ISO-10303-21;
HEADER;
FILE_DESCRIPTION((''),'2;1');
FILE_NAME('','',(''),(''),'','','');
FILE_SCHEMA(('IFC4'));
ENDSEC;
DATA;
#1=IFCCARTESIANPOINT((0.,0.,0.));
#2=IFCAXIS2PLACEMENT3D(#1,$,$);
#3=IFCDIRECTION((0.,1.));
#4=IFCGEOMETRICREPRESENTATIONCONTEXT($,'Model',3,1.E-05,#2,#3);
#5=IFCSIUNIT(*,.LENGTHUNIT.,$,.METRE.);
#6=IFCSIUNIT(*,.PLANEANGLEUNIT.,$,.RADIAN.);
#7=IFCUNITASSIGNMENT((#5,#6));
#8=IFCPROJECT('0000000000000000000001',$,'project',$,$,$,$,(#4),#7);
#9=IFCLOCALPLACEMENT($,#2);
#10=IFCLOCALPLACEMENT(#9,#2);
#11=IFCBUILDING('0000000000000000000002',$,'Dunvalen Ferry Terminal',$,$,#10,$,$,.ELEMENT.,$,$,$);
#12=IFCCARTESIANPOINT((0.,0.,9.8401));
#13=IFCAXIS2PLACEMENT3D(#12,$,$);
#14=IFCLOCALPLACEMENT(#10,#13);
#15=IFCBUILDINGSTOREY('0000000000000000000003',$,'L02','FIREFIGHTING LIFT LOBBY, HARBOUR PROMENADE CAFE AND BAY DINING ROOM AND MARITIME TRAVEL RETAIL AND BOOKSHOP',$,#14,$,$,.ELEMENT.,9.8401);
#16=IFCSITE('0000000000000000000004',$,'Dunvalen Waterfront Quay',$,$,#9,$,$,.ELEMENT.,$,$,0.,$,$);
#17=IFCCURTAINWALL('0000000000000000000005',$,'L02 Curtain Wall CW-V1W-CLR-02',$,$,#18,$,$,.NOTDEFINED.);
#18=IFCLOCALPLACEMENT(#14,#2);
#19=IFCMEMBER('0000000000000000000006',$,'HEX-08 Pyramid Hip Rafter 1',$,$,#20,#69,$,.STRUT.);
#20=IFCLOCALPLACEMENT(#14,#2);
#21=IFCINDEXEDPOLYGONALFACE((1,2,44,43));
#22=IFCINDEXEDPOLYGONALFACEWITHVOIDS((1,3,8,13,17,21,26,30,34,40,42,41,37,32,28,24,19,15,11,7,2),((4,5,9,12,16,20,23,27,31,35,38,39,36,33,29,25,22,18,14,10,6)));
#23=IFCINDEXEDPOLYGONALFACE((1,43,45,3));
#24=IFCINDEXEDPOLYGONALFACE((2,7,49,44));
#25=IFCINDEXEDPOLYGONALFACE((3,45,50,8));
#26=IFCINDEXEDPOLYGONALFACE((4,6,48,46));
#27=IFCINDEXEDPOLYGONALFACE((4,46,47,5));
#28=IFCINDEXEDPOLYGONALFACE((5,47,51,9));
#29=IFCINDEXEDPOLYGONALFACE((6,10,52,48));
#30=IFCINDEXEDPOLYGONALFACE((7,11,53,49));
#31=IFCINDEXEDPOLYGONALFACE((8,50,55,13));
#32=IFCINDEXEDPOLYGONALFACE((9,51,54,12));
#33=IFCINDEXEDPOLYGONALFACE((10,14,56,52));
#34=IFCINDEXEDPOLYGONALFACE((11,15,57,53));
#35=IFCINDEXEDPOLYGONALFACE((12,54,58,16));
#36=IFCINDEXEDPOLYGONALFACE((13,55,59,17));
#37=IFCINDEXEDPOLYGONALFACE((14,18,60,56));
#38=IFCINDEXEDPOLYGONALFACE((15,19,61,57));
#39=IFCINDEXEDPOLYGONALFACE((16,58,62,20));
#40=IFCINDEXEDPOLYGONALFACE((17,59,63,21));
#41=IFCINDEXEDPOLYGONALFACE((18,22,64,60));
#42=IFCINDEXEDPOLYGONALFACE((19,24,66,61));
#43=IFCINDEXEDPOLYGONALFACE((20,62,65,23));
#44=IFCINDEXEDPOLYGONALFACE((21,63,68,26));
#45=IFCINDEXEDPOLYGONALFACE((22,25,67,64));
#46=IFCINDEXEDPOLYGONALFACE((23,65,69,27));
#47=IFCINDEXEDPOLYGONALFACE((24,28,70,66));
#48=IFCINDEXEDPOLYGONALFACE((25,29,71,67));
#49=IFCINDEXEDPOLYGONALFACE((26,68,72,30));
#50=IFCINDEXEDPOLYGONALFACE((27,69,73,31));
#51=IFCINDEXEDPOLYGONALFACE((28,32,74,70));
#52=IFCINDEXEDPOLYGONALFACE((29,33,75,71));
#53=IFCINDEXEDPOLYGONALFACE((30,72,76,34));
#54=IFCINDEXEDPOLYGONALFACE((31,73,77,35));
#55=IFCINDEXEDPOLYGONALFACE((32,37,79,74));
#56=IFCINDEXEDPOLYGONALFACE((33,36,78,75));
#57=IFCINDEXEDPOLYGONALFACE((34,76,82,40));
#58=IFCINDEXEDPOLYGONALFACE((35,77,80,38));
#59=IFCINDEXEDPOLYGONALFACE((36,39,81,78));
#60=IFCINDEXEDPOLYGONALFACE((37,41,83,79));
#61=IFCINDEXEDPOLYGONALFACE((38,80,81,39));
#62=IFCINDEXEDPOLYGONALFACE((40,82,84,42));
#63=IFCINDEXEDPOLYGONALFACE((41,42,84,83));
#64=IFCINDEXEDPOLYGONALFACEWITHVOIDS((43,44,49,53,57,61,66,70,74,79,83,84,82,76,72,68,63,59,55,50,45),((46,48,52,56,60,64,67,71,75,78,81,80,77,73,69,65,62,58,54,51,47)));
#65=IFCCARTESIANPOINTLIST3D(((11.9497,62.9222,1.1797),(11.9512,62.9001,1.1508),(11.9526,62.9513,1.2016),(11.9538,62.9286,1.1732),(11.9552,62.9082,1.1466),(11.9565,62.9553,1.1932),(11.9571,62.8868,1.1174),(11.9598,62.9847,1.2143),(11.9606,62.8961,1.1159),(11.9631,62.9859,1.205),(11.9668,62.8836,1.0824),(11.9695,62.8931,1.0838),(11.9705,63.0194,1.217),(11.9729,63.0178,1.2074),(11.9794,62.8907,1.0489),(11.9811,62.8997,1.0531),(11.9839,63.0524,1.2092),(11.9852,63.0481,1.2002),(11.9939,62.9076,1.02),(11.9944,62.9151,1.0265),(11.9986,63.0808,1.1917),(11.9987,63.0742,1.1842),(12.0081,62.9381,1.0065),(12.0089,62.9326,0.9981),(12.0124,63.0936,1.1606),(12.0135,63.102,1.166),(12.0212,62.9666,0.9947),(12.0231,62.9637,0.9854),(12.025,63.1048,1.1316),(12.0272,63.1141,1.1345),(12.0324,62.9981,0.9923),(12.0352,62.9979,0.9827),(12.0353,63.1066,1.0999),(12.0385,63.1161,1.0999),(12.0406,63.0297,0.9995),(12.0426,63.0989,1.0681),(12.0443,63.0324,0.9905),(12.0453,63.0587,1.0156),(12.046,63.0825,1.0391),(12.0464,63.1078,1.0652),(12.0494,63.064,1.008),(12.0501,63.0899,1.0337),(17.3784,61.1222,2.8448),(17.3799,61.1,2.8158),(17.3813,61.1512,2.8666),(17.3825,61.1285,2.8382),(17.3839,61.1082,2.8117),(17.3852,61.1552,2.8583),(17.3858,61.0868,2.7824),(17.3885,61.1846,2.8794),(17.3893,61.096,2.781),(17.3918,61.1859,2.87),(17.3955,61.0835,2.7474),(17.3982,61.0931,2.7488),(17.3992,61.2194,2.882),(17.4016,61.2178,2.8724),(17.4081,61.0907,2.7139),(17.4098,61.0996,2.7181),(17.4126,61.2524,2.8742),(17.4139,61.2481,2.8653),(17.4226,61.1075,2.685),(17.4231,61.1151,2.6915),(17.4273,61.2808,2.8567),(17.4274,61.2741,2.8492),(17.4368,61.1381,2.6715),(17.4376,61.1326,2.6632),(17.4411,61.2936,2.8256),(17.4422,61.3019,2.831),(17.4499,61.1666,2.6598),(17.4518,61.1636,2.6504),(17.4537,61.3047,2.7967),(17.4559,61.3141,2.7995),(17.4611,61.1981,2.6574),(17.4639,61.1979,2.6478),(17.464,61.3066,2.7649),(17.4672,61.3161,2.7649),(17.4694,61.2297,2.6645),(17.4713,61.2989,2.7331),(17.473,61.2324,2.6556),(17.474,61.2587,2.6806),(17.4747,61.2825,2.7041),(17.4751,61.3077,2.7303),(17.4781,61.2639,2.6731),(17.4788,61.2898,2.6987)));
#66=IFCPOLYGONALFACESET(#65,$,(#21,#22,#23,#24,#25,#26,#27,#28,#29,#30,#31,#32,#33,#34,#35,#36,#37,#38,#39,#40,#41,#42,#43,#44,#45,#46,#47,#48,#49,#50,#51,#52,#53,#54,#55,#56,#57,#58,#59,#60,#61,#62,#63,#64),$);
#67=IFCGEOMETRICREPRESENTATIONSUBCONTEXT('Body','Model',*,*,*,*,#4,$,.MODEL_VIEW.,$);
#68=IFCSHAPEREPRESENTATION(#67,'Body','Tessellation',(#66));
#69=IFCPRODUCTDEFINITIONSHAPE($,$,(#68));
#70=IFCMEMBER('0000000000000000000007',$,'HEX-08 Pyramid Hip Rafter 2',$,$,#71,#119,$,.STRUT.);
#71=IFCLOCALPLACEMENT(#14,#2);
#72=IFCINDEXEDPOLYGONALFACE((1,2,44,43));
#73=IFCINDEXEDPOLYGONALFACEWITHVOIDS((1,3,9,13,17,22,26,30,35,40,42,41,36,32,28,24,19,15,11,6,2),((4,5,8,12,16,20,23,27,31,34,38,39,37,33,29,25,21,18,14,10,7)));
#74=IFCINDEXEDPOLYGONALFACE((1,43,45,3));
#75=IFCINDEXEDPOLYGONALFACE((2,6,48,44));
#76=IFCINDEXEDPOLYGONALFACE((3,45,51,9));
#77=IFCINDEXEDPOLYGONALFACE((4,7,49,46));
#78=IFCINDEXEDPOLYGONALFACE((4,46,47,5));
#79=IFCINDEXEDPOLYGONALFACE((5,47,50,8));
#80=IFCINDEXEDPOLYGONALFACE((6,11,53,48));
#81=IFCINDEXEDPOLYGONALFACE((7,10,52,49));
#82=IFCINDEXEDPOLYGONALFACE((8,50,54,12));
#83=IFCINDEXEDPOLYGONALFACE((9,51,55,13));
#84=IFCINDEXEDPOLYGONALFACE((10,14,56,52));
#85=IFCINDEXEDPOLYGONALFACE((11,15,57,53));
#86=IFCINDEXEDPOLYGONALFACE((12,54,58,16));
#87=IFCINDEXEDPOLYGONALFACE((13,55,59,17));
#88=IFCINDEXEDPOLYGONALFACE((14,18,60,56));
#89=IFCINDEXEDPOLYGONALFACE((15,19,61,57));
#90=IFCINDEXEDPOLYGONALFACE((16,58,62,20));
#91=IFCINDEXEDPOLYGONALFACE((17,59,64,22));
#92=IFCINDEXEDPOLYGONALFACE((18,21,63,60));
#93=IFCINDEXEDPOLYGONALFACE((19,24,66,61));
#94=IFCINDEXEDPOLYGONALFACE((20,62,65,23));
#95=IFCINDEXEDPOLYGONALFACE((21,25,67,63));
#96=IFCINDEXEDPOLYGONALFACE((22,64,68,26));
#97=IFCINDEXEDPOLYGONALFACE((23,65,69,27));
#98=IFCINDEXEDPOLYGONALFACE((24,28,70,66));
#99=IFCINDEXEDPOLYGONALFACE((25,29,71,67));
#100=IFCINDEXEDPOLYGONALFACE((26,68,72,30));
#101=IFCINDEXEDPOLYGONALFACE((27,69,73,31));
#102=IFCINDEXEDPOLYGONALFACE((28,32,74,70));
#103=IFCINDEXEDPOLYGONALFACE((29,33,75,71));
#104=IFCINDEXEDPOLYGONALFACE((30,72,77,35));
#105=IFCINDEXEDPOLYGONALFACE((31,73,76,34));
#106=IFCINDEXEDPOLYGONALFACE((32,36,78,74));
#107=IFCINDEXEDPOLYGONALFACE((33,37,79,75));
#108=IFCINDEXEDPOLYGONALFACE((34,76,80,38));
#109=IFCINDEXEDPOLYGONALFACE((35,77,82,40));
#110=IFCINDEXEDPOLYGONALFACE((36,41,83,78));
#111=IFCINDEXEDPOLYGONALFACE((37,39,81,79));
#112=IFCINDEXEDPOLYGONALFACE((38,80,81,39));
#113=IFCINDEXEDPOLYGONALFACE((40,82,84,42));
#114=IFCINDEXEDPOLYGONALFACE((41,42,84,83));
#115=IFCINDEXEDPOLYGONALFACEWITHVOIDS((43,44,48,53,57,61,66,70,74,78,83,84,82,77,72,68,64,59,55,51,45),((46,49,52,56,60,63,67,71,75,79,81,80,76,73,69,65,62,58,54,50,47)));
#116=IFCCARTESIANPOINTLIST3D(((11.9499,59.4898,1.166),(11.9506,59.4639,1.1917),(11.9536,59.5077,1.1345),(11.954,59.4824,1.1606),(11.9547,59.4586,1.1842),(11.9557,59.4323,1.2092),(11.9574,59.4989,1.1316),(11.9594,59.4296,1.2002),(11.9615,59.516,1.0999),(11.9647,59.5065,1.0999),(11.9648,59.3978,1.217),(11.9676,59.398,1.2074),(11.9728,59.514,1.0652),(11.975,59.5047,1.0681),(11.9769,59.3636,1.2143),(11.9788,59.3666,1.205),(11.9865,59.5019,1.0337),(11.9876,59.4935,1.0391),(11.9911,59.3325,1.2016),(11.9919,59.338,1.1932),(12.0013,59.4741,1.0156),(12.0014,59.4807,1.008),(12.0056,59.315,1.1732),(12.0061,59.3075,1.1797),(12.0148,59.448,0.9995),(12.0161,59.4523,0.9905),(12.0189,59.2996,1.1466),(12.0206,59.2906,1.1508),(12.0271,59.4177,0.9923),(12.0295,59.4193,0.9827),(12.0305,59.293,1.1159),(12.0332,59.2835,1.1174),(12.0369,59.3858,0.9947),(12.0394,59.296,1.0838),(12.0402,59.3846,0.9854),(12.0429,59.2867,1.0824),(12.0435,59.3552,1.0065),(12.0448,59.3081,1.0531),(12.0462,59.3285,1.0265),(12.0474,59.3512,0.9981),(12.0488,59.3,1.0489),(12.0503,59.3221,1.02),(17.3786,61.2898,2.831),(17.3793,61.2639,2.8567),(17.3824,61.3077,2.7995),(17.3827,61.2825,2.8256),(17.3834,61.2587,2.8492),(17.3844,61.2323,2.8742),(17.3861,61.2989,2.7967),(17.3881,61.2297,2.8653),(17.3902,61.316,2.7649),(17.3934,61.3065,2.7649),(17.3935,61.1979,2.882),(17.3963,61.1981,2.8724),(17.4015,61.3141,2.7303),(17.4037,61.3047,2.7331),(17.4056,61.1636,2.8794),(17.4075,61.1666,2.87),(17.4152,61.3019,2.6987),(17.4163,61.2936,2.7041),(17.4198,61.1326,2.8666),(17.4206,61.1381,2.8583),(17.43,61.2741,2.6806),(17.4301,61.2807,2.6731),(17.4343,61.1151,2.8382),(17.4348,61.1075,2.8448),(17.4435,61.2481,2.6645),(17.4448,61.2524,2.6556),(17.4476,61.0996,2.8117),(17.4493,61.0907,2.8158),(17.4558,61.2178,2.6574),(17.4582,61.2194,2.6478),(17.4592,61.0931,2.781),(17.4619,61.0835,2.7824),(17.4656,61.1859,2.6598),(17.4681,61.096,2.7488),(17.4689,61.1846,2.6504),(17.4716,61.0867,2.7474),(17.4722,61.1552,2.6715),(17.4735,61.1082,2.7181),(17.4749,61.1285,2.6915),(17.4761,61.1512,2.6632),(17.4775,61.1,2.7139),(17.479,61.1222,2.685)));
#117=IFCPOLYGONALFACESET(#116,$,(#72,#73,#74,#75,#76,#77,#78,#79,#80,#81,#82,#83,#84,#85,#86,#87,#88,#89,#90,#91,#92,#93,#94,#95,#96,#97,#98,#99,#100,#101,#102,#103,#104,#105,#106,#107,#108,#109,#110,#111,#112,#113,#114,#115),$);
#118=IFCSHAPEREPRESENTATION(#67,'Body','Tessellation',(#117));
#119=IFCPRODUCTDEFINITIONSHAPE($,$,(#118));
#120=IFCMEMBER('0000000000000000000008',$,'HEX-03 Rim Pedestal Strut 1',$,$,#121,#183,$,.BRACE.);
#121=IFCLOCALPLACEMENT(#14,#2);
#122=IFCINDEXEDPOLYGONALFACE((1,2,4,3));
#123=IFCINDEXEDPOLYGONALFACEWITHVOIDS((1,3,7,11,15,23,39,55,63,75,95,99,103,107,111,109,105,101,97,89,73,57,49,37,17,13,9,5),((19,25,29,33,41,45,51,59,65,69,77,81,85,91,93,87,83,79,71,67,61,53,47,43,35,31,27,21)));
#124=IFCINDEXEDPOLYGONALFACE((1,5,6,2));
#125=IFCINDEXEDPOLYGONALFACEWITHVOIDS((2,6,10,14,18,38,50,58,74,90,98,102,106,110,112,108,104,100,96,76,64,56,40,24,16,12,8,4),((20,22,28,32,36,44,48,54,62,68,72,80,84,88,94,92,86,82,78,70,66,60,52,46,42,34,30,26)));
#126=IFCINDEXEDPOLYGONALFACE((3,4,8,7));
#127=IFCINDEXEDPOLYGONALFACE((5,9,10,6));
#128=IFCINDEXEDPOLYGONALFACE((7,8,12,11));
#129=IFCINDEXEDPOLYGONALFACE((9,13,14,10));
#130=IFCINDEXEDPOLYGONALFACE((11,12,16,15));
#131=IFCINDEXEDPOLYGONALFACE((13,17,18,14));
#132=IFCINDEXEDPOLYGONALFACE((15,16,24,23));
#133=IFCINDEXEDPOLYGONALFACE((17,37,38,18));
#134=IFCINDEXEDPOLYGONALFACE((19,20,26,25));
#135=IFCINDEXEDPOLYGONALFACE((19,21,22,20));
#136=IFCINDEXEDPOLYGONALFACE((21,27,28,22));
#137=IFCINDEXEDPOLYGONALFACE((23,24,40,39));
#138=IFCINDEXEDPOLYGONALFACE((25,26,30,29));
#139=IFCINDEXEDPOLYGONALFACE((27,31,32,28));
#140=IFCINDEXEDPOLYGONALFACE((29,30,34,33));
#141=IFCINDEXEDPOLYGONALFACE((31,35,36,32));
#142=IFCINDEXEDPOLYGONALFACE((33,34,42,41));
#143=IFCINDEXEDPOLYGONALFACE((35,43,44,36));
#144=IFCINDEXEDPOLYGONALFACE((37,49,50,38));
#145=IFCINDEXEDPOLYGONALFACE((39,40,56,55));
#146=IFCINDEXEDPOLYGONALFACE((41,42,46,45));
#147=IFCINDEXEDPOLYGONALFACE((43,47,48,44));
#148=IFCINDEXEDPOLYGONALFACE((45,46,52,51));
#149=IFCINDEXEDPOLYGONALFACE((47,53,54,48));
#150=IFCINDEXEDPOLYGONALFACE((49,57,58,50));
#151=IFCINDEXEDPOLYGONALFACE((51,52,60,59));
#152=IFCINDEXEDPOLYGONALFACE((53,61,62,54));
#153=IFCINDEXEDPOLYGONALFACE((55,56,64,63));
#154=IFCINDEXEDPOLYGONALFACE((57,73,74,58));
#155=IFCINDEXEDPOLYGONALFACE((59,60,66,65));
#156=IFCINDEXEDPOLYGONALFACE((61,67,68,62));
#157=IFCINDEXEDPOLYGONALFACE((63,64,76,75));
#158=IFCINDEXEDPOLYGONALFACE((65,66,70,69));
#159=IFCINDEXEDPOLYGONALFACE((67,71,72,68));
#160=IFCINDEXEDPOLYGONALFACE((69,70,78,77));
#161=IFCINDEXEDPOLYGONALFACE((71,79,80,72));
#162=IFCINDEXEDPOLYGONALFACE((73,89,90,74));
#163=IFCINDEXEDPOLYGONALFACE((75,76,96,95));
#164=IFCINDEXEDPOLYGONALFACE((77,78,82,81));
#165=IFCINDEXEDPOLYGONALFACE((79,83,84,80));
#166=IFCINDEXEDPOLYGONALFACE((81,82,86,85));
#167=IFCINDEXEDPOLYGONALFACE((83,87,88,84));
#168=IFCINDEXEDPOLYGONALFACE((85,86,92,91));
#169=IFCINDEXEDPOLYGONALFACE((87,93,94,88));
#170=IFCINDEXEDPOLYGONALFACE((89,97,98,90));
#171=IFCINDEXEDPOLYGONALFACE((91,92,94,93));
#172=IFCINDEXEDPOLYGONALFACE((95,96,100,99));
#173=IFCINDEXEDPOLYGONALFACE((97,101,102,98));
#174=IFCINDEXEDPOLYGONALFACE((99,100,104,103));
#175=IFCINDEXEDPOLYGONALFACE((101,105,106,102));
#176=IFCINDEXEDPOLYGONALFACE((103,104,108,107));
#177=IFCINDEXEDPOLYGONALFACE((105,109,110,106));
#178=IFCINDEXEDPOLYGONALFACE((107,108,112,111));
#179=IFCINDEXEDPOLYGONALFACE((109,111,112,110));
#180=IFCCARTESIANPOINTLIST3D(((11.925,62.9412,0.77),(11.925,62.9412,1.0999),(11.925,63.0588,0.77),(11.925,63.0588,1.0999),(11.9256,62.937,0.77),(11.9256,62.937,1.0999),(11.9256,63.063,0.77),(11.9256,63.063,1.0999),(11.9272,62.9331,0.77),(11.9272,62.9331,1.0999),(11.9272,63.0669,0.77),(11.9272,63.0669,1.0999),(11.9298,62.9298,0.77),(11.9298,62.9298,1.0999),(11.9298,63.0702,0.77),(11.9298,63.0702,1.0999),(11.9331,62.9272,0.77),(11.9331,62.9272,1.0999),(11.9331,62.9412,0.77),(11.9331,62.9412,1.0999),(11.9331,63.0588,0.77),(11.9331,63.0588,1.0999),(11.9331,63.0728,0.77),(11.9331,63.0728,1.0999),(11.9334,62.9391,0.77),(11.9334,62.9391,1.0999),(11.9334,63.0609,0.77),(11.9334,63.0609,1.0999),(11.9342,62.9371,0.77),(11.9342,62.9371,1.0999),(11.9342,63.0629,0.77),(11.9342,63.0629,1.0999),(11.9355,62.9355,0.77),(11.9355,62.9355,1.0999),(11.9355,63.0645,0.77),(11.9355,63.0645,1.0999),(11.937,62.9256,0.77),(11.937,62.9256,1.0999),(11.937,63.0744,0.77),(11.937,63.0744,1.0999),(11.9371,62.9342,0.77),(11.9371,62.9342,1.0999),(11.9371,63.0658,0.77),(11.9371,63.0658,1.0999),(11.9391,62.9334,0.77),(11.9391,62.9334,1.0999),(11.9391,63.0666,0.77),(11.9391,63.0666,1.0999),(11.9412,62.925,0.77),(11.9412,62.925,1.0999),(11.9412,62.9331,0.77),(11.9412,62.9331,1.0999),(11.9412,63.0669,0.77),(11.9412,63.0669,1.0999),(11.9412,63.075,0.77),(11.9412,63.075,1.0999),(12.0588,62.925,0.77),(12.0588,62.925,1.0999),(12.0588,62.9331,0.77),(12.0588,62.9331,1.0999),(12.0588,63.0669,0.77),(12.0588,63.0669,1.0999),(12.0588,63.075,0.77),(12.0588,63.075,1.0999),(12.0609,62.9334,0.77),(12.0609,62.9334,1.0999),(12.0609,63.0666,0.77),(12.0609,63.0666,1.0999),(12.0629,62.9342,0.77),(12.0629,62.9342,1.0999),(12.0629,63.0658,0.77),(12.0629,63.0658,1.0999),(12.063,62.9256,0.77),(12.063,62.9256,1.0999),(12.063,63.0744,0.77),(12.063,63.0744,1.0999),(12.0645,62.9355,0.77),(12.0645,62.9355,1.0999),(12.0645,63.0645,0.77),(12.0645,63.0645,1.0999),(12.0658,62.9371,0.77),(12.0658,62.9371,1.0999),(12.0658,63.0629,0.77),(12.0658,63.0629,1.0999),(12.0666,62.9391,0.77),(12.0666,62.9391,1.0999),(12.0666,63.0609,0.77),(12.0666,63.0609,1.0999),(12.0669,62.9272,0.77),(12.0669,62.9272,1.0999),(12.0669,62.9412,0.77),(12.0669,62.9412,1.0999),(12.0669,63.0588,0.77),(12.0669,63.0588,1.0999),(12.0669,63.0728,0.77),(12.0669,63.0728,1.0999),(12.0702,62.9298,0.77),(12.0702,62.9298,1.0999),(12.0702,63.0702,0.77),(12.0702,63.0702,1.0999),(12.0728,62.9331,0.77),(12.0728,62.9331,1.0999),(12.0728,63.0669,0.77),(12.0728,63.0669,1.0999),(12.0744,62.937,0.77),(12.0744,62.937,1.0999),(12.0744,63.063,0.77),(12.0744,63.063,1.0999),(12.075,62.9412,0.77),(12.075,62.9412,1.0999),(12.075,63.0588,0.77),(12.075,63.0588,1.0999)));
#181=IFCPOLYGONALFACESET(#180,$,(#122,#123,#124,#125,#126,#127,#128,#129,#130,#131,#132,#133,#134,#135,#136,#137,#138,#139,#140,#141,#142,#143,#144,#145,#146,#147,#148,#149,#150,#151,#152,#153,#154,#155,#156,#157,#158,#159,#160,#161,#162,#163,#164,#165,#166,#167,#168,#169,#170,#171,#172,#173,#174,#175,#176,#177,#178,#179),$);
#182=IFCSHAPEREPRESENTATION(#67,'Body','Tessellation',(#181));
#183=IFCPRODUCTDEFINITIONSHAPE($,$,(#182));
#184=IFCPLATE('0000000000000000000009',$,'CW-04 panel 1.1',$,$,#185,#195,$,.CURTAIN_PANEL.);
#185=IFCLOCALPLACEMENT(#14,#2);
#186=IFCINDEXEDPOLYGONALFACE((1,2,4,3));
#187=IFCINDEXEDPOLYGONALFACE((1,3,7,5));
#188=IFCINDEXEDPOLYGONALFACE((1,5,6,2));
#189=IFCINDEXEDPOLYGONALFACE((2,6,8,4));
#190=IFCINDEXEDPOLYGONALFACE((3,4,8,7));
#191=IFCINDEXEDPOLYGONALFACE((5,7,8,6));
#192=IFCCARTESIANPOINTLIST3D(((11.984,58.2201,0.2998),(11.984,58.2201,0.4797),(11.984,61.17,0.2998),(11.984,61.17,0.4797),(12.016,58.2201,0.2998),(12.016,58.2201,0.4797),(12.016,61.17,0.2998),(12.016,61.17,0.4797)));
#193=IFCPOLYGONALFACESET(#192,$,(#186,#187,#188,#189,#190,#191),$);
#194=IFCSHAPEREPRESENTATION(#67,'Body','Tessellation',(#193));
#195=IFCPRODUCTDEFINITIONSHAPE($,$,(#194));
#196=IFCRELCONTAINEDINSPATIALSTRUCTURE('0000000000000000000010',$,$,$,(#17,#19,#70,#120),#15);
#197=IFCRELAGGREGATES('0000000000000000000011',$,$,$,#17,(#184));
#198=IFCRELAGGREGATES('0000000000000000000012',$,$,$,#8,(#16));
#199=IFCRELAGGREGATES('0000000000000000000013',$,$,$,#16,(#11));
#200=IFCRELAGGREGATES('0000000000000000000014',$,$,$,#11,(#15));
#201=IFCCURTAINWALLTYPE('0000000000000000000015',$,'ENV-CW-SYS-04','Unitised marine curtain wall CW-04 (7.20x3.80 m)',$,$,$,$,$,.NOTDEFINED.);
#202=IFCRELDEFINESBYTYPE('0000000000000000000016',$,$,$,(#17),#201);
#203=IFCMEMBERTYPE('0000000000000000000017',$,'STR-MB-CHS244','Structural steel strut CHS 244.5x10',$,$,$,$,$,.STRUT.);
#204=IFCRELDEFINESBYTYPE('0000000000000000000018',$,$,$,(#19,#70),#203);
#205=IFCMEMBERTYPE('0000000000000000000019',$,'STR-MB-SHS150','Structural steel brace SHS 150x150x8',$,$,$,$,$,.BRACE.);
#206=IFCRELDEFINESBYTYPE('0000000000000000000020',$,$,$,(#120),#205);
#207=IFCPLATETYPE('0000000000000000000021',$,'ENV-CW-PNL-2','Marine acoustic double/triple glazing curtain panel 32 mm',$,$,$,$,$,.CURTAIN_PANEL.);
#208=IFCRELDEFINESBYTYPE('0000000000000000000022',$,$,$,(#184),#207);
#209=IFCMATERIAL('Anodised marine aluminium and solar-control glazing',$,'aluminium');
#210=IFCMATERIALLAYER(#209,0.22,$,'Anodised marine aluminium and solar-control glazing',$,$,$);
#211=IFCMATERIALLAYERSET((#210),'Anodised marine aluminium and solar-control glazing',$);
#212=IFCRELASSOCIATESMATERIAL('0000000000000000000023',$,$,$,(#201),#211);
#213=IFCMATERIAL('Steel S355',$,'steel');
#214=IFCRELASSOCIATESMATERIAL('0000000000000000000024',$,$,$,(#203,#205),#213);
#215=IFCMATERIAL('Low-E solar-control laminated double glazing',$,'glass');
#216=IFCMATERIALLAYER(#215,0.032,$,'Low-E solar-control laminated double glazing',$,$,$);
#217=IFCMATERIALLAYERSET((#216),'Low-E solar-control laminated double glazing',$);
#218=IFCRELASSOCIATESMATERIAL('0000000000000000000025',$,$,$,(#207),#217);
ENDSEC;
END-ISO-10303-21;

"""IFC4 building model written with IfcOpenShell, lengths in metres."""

from ifc_helpers import new_model, si_unit, direction, frame, origin, origin_2d, place, context, subcontext, project, spatial, rectangle, hollow_rectangle, hollow_circle, extrude, material, layer, layer_set, material_profile, profile_set, type_object, element, aggregate, save


model = new_model("IFC4")

# Units and contexts
model_context = context("Model", 3, precision=1e-05, world=origin(), true_north=direction((0.0, 1.0)))
body_context = subcontext(model_context, "Body", "Model", "MODEL_VIEW")
ifc_project = project(units=[si_unit("LENGTHUNIT", "METRE"), si_unit("PLANEANGLEUNIT", "RADIAN")], contexts=[model_context])

# Site, building, storey
site_placement = place(None, origin())
site = spatial("IfcSite", under=ifc_project, at=site_placement, Name="Dunvalen Waterfront Quay", CompositionType="ELEMENT", RefElevation=0.0)
building_placement = place(site_placement, origin())
building = spatial("IfcBuilding", under=site, at=building_placement, Name="Dunvalen Ferry Terminal", CompositionType="ELEMENT")
storey_placement = place(building_placement, frame((0.0, 0.0, 9.8401)))
storey = spatial("IfcBuildingStorey", under=building, at=storey_placement, Name="L02", Description="FIREFIGHTING LIFT LOBBY, HARBOUR PROMENADE CAFE AND BAY DINING ROOM AND MARITIME TRAVEL RETAIL AND BOOKSHOP", CompositionType="ELEMENT", Elevation=9.8401)

# Curtain wall
ifc_material_1 = material(Name="Anodised marine aluminium and solar-control glazing", Category="aluminium")
ifc_layer_1 = layer(ifc_material_1, 0.22, Name="Anodised marine aluminium and solar-control glazing")
ifc_layer_set_1 = layer_set([ifc_layer_1], Name="Anodised marine aluminium and solar-control glazing")
curtain_wall_type = type_object("IfcCurtainWallType", Name="ENV-CW-SYS-04", Description="Unitised marine curtain wall CW-04 (7.20x3.80 m)", PredefinedType="NOTDEFINED", material=ifc_layer_set_1)
curtain_wall_placement = place(storey_placement, origin())
curtain_wall = element("IfcCurtainWall", 1, at=curtain_wall_placement, inside=storey, type_object=curtain_wall_type, Name="L02 Curtain Wall CW-V1W-CLR-02", PredefinedType="NOTDEFINED")

# Shared definitions
ifc_material_2 = material(Name="Steel S355", Category="steel")

# Members
ifc_material_profile_1 = material_profile(ifc_material_2, hollow_circle(Radius=0.1223, WallThickness=0.01, at=origin_2d()), Name="Steel S355")
ifc_profile_set_1 = profile_set([ifc_material_profile_1], Name="Steel S355")
member_type_1 = type_object("IfcMemberType", Name="STR-MB-CHS244", Description="Structural steel strut CHS 244.5x10", PredefinedType="STRUT", material=ifc_profile_set_1)
for number, where, z_axis, x_axis, name in (
    (2, (12.0, 63.0, 1.0999), (0.911347, -0.302184, 0.279519), (0.314729, 0.949182, 0.0), "HEX-08 Pyramid Hip Rafter 1"),
    (3, (12.0, 59.3999, 1.0999), (0.911347, 0.302184, 0.279519), (-0.314729, 0.949182, 0.0), "HEX-08 Pyramid Hip Rafter 2"),
):
    element("IfcMember", number, at=place(storey_placement, frame(where, z_axis=z_axis, x_axis=x_axis)), inside=storey, type_object=member_type_1, Name=name, PredefinedType="STRUT", context=body_context, shape_type="SweptSolid", body=[
        extrude(hollow_circle(Radius=0.1223, WallThickness=0.01, at=origin_2d()), origin(), (0.0, 0.0, 1.0), 5.9568),
    ])
ifc_material_profile_2 = material_profile(ifc_material_2, hollow_rectangle(XDim=0.1499, YDim=0.1499, WallThickness=0.0081, InnerFilletRadius=0.0081, OuterFilletRadius=0.0161, at=origin_2d()), Name="Steel S355")
ifc_profile_set_2 = profile_set([ifc_material_profile_2], Name="Steel S355")
member_type_2 = type_object("IfcMemberType", Name="STR-MB-SHS150", Description="Structural steel brace SHS 150x150x8", PredefinedType="BRACE", material=ifc_profile_set_2)
member_1_placement = place(storey_placement, frame((12.0, 63.0, 0.77), z_axis=(0.0, 0.0, 1.0), x_axis=(1.0, 0.0, 0.0)))
element("IfcMember", 4, at=member_1_placement, inside=storey, type_object=member_type_2, Name="HEX-03 Rim Pedestal Strut 1", PredefinedType="BRACE", context=body_context, shape_type="SweptSolid", body=[
    extrude(hollow_rectangle(XDim=0.1499, YDim=0.1499, WallThickness=0.0081, InnerFilletRadius=0.0081, OuterFilletRadius=0.0161, at=origin_2d()), origin(), (0.0, 0.0, 1.0), 0.3298),
])

# Plate
ifc_material_3 = material(Name="Low-E solar-control laminated double glazing", Category="glass")
ifc_layer_2 = layer(ifc_material_3, 0.032, Name="Low-E solar-control laminated double glazing")
ifc_layer_set_2 = layer_set([ifc_layer_2], Name="Low-E solar-control laminated double glazing")
plate_type_1 = type_object("IfcPlateType", Name="ENV-CW-PNL-2", Description="Marine acoustic double/triple glazing curtain panel 32 mm", PredefinedType="CURTAIN_PANEL", material=ifc_layer_set_2)
plate_1_placement = place(storey_placement, frame((12.0, 59.6951, 0.2998), z_axis=(0.0, 0.0, 1.0), x_axis=(0.0, 1.0, 0.0)))
plate_1 = element("IfcPlate", 5, at=plate_1_placement, type_object=plate_type_1, Name="CW-04 panel 1.1", PredefinedType="CURTAIN_PANEL", context=body_context, shape_type="SweptSolid", body=[
    extrude(rectangle(XDim=2.95, YDim=0.032, at=origin_2d()), origin(), (0.0, 0.0, 1.0), 0.1799),
])
aggregate(curtain_wall, [plate_1])

save(model, "model.ifc")
